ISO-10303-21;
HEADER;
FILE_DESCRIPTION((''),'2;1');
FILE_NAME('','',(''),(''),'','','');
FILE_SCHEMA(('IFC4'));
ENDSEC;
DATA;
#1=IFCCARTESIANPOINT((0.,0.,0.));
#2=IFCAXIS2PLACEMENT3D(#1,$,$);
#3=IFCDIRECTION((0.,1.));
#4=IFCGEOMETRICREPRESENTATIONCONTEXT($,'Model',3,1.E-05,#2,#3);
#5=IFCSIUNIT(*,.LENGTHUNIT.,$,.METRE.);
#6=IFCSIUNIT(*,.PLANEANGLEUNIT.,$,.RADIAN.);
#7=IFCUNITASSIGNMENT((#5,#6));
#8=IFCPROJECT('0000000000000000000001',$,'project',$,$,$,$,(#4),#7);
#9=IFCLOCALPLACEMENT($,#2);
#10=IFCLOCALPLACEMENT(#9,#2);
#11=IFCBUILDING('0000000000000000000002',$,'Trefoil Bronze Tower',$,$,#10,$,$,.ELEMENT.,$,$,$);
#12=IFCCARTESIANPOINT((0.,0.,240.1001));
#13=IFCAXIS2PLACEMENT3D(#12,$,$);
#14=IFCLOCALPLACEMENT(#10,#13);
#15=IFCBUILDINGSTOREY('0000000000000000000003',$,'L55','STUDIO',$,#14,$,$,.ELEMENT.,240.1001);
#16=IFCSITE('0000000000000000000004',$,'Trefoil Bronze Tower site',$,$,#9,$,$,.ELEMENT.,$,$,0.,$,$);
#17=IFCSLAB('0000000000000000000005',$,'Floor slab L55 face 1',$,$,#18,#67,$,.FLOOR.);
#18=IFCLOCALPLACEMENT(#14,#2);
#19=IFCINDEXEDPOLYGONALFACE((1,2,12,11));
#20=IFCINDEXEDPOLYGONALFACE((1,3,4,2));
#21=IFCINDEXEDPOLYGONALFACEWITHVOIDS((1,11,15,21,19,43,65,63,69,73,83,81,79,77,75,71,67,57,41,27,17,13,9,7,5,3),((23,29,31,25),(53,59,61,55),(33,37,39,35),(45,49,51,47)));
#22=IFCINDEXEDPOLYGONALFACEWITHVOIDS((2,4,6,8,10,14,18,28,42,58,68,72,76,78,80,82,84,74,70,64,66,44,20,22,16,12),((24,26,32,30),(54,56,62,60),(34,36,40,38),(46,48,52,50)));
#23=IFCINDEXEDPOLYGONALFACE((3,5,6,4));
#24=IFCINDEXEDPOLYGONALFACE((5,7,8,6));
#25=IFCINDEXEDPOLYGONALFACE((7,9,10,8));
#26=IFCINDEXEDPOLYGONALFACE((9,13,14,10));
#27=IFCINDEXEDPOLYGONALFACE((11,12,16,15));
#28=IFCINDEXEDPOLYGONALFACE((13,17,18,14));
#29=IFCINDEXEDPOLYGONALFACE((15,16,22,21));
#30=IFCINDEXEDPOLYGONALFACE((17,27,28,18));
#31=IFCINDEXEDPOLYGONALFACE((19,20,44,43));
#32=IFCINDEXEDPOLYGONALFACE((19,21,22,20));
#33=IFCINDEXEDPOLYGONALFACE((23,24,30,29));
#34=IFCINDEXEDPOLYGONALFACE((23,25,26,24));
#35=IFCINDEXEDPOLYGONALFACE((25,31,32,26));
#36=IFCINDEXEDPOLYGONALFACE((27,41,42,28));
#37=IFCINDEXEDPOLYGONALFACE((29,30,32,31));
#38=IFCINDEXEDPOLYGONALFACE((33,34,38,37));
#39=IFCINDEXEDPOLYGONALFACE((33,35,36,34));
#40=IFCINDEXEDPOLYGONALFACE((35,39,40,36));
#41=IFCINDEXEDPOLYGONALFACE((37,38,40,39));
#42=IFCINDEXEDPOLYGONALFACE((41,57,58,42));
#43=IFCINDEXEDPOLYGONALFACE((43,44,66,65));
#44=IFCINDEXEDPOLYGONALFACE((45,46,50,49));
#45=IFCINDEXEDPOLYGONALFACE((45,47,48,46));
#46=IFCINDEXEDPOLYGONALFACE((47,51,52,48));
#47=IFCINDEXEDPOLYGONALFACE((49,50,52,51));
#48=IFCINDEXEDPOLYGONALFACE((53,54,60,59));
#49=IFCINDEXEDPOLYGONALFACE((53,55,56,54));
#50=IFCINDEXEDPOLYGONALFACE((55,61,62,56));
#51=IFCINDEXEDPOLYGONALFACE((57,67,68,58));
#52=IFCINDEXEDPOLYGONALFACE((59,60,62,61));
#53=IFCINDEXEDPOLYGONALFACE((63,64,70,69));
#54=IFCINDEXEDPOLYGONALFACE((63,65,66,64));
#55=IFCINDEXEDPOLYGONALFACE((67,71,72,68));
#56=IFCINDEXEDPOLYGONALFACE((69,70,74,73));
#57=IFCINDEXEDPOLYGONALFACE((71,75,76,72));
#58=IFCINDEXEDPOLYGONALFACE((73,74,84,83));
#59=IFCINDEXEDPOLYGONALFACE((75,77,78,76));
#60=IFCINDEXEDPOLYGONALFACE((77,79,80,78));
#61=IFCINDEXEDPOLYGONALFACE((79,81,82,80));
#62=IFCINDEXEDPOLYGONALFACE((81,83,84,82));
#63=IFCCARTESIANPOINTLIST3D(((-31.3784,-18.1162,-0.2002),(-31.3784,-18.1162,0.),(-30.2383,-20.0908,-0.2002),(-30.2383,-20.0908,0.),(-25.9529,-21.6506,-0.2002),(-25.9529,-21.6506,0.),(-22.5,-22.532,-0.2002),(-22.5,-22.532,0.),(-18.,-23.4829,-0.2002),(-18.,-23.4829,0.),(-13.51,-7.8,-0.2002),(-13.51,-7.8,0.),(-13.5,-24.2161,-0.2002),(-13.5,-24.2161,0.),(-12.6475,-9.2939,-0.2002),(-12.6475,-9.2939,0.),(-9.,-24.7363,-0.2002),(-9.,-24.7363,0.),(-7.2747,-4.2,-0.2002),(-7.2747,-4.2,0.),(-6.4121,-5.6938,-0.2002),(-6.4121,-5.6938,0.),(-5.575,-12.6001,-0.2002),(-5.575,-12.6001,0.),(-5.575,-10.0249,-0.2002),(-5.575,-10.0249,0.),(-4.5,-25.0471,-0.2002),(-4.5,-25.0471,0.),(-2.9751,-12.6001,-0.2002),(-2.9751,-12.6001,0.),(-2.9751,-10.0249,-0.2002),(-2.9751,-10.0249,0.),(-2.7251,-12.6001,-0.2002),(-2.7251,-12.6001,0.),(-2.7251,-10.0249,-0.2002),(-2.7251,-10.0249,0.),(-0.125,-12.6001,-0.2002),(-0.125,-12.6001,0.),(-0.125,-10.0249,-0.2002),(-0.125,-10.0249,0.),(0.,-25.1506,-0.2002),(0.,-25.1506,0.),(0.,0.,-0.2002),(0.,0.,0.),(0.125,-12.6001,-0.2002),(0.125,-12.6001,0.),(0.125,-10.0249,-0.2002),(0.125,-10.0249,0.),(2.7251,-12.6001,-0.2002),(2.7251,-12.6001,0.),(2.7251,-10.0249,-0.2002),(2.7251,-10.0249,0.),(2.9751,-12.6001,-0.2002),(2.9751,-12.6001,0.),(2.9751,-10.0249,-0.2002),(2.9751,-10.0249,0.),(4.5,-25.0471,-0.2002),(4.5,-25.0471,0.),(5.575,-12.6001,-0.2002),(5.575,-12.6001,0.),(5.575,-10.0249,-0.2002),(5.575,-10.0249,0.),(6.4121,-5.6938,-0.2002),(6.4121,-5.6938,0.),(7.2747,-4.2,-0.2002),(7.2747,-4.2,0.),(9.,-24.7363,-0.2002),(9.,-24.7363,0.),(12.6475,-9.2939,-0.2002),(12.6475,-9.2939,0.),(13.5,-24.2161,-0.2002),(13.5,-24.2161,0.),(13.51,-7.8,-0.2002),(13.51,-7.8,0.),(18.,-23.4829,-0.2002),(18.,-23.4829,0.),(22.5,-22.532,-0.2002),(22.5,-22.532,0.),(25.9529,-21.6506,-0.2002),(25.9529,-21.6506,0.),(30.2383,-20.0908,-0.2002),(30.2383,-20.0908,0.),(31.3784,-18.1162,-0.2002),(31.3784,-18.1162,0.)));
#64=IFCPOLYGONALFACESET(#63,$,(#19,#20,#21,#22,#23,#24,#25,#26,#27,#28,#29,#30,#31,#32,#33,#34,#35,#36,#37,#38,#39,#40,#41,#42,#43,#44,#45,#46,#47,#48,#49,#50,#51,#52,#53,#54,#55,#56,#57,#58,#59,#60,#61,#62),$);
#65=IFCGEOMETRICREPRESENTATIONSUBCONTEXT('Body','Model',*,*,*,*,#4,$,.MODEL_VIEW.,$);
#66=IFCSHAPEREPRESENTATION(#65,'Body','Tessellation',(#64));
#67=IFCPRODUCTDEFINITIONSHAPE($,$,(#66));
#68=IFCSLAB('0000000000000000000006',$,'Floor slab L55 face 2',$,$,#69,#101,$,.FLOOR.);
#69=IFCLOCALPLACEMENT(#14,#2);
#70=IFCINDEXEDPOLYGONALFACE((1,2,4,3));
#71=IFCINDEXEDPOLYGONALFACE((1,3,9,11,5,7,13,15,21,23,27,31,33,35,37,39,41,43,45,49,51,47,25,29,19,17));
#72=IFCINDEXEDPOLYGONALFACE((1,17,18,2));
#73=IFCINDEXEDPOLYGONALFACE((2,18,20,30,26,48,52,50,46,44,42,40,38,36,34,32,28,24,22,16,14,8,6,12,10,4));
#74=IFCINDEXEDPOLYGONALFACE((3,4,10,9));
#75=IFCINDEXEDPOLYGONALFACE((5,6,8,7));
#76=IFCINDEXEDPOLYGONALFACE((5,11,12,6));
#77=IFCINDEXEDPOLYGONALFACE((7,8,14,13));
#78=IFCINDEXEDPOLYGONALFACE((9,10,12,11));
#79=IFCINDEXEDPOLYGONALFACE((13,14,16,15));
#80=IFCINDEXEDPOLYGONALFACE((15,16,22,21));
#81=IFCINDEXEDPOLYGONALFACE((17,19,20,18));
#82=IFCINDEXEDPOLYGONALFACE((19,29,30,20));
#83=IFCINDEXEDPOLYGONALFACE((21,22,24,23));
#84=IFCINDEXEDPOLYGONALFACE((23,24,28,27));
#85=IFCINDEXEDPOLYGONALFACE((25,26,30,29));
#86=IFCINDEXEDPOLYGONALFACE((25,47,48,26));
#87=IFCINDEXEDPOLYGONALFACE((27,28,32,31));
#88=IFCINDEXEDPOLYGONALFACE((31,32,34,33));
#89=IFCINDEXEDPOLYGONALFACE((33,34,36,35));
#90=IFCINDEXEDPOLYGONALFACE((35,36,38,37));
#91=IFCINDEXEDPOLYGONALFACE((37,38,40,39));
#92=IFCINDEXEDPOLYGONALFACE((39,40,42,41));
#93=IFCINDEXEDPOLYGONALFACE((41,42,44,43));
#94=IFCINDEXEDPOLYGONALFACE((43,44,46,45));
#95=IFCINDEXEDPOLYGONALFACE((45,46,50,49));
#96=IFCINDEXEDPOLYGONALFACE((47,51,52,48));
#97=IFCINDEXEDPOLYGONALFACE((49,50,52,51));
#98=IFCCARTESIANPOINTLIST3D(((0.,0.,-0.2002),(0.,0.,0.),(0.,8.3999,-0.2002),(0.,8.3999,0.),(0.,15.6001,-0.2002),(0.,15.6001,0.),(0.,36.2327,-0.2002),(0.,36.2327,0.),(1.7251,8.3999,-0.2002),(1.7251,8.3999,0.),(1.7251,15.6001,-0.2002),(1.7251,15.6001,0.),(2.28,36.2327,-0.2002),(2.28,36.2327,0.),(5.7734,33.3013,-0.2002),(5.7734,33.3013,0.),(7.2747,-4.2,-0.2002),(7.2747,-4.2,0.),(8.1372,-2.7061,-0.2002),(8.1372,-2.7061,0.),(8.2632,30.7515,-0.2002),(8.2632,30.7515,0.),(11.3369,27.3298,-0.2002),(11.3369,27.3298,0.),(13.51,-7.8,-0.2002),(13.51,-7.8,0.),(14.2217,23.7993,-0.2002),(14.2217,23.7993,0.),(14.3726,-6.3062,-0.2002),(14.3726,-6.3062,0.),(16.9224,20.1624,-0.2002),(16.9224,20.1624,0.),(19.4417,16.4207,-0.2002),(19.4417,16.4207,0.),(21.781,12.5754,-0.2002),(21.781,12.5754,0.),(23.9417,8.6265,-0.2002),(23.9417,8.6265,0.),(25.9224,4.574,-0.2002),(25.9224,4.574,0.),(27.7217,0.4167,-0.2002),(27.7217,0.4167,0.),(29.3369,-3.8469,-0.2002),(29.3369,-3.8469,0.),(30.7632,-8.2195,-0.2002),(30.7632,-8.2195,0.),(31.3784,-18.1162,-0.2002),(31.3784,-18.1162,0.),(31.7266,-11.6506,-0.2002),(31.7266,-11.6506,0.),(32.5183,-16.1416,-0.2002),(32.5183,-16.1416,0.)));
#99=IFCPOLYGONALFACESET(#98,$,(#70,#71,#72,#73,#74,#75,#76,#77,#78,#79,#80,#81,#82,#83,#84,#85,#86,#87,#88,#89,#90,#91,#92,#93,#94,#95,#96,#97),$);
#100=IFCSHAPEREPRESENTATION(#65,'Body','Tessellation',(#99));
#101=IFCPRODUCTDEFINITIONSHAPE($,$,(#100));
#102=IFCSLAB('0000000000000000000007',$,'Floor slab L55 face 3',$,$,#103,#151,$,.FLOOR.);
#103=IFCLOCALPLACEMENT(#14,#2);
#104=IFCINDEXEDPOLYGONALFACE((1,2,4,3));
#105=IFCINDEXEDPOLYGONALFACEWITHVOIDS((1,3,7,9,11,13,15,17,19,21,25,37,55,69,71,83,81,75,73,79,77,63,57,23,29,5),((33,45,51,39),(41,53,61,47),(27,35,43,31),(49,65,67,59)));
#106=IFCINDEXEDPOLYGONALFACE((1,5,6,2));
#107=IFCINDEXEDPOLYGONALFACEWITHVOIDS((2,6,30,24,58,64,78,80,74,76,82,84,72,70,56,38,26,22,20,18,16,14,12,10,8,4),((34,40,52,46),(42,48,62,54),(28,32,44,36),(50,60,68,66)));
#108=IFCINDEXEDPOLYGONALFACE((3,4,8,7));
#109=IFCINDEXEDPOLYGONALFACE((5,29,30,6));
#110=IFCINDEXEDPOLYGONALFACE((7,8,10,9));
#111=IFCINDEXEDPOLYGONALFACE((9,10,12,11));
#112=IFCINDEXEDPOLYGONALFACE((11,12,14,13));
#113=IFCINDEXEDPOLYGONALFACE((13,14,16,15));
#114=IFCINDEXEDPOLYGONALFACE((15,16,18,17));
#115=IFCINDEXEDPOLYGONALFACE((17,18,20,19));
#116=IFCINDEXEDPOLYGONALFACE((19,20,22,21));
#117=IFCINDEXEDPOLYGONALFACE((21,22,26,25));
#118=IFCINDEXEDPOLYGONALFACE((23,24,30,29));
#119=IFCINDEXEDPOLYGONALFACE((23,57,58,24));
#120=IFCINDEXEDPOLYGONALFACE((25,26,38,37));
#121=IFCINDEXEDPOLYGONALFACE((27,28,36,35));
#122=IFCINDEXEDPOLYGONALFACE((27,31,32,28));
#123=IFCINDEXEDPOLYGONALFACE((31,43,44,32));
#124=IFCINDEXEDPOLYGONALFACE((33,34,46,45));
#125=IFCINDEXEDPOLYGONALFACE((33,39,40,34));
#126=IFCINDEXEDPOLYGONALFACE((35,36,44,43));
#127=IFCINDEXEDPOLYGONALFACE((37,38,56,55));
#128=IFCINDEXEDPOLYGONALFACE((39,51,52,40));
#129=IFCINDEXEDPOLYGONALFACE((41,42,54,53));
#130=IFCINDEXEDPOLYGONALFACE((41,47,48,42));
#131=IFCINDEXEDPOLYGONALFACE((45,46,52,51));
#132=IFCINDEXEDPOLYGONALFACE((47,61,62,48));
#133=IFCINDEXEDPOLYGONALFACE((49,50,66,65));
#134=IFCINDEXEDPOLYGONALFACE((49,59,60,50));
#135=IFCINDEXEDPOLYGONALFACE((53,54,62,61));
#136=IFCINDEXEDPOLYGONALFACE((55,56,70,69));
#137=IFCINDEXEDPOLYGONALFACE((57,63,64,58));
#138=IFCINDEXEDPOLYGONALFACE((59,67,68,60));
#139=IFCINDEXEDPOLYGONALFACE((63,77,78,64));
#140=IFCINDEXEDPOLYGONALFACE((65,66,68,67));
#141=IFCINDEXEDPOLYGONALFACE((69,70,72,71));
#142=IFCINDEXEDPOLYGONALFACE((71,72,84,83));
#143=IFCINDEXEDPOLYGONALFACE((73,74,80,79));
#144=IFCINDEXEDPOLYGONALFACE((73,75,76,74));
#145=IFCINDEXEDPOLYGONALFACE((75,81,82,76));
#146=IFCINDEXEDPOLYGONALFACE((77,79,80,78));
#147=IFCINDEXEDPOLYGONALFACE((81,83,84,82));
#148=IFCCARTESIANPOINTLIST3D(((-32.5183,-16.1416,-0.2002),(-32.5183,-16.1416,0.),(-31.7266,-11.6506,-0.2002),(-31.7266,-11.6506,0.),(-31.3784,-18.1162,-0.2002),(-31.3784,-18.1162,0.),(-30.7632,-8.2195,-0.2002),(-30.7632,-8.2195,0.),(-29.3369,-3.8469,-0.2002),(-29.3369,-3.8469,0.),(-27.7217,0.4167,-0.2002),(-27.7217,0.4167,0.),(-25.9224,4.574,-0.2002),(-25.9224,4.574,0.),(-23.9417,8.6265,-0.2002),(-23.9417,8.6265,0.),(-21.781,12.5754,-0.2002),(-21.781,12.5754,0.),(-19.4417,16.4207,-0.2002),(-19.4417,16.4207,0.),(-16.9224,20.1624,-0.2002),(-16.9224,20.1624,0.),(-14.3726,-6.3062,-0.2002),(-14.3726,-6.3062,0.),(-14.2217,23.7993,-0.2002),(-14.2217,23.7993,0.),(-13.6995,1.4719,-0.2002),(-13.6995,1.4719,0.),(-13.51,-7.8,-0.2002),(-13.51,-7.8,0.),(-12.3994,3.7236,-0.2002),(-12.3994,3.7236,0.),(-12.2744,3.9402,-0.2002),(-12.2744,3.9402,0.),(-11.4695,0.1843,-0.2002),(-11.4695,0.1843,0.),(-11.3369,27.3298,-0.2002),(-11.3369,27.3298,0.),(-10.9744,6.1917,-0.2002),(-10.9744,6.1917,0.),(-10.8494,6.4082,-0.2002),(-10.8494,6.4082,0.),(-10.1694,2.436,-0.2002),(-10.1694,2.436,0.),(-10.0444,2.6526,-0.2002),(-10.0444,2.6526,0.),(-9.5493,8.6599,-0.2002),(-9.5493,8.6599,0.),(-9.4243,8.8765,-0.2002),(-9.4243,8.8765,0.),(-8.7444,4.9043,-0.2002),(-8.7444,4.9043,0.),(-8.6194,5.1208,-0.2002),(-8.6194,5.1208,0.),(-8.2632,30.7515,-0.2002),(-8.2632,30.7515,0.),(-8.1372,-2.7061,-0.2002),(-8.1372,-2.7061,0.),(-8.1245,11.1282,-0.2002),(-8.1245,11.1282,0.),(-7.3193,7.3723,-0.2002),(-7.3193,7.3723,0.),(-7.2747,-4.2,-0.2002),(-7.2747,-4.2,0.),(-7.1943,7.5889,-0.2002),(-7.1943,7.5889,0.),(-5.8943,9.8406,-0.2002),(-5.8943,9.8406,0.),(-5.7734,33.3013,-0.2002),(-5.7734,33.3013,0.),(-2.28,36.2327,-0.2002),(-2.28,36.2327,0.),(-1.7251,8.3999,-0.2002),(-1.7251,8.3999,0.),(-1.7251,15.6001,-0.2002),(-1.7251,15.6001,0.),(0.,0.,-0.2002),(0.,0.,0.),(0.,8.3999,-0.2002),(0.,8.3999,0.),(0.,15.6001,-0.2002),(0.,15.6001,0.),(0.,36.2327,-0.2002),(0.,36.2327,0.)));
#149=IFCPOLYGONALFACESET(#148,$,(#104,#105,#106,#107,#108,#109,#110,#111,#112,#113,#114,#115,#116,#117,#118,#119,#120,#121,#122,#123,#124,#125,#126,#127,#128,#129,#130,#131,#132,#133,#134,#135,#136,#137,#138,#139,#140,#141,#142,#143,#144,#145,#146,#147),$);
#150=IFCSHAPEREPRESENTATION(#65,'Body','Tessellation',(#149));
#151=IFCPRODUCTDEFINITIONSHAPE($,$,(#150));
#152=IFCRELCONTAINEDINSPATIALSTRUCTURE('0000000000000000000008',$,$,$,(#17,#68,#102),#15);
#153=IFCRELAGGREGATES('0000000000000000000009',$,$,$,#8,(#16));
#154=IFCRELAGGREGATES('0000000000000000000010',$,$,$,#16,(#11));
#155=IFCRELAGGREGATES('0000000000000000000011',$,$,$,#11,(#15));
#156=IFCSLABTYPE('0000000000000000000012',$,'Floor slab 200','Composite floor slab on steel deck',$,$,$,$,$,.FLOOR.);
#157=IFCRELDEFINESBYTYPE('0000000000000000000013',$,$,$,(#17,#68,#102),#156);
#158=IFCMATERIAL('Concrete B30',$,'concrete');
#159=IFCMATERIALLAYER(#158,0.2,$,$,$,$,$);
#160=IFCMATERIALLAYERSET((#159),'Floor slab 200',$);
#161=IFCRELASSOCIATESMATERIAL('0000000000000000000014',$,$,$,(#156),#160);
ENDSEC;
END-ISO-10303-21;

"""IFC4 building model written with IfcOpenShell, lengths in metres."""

from ifc_helpers import new_model, si_unit, direction, frame, origin, place, context, subcontext, project, spatial, polyline, outline, extrude, material, layer, layer_set, type_object, element, save


model = new_model("IFC4")

# Units and contexts
model_context = context("Model", 3, precision=1e-05, world=origin(), true_north=direction((0.0, 1.0)))
body_context = subcontext(model_context, "Body", "Model", "MODEL_VIEW")
ifc_project = project(units=[si_unit("LENGTHUNIT", "METRE"), si_unit("PLANEANGLEUNIT", "RADIAN")], contexts=[model_context])

# Site, building, storey
site_placement = place(None, origin())
site = spatial("IfcSite", under=ifc_project, at=site_placement, Name="Trefoil Bronze Tower site", CompositionType="ELEMENT", RefElevation=0.0)
building_placement = place(site_placement, origin())
building = spatial("IfcBuilding", under=site, at=building_placement, Name="Trefoil Bronze Tower", CompositionType="ELEMENT")
storey_placement = place(building_placement, frame((0.0, 0.0, 240.1001)))
storey = spatial("IfcBuildingStorey", under=building, at=storey_placement, Name="L55", Description="STUDIO", CompositionType="ELEMENT", Elevation=240.1001)

# Slabs
ifc_material_1 = material(Name="Concrete B30", Category="concrete")
ifc_layer_1 = layer(ifc_material_1, 0.2)
ifc_layer_set_1 = layer_set([ifc_layer_1], Name="Floor slab 200")
slab_type = type_object("IfcSlabType", Name="Floor slab 200", Description="Composite floor slab on steel deck", PredefinedType="FLOOR", material=ifc_layer_set_1)
slab_1_placement = place(storey_placement, frame((0.0, 0.0, -0.2002)))
element("IfcSlab", 1, at=slab_1_placement, inside=storey, type_object=slab_type, Name="Floor slab L55 face 1", PredefinedType="FLOOR", context=body_context, shape_type="SweptSolid", body=[
    extrude(outline(polyline([(18.0, -23.4829), (13.5, -24.2161), (9.0, -24.7363), (4.5, -25.0471), (0.0, -25.1506), (-4.5, -25.0471), (-9.0, -24.7363), (-13.5, -24.2161), (-18.0, -23.4829), (-22.5, -22.532), (-25.9529, -21.6506), (-30.2383, -20.0908), (-31.3784, -18.1162), (-13.51, -7.8), (-12.6475, -9.2939), (-6.4121, -5.6938), (-7.2747, -4.2), (0.0, 0.0), (7.2747, -4.2), (6.4121, -5.6938), (12.6475, -9.2939), (13.51, -7.8), (31.3784, -18.1162), (30.2383, -20.0908), (25.9529, -21.6506), (22.5, -22.532), (18.0, -23.4829)]), holes=[polyline([(-5.575, -10.0249), (-2.9751, -10.0249), (-2.9751, -12.6001), (-5.575, -12.6001), (-5.575, -10.0249)]), polyline([(-2.7251, -10.0249), (-0.125, -10.0249), (-0.125, -12.6001), (-2.7251, -12.6001), (-2.7251, -10.0249)]), polyline([(0.125, -10.0249), (2.7251, -10.0249), (2.7251, -12.6001), (0.125, -12.6001), (0.125, -10.0249)]), polyline([(2.9751, -10.0249), (5.575, -10.0249), (5.575, -12.6001), (2.9751, -12.6001), (2.9751, -10.0249)])]), origin(), (0.0, 0.0, 1.0), 0.2002),
])
slab_2_placement = place(storey_placement, frame((0.0, 0.0, -0.2002)))
element("IfcSlab", 2, at=slab_2_placement, inside=storey, type_object=slab_type, Name="Floor slab L55 face 2", PredefinedType="FLOOR", context=body_context, shape_type="SweptSolid", body=[
    extrude(outline(polyline([(11.3369, 27.3298), (14.2217, 23.7993), (16.9224, 20.1624), (19.4417, 16.4207), (21.781, 12.5754), (23.9417, 8.6265), (25.9224, 4.574), (27.7217, 0.4167), (29.3369, -3.8469), (30.7632, -8.2195), (31.7266, -11.6506), (32.5183, -16.1416), (31.3784, -18.1162), (13.51, -7.8), (14.3726, -6.3062), (8.1372, -2.7061), (7.2747, -4.2), (0.0, 0.0), (0.0, 8.3999), (1.7251, 8.3999), (1.7251, 15.6001), (0.0, 15.6001), (0.0, 36.2327), (2.28, 36.2327), (5.7734, 33.3013), (8.2632, 30.7515), (11.3369, 27.3298)])), origin(), (0.0, 0.0, 1.0), 0.2002),
])
slab_3_placement = place(storey_placement, frame((0.0, 0.0, -0.2002)))
element("IfcSlab", 3, at=slab_3_placement, inside=storey, type_object=slab_type, Name="Floor slab L55 face 3", PredefinedType="FLOOR", context=body_context, shape_type="SweptSolid", body=[
    extrude(outline(polyline([(-29.3369, -3.8469), (-27.7217, 0.4167), (-25.9224, 4.574), (-23.9417, 8.6265), (-21.781, 12.5754), (-19.4417, 16.4207), (-16.9224, 20.1624), (-14.2217, 23.7993), (-11.3369, 27.3298), (-8.2632, 30.7515), (-5.7734, 33.3013), (-2.28, 36.2327), (0.0, 36.2327), (0.0, 15.6001), (-1.7251, 15.6001), (-1.7251, 8.3999), (0.0, 8.3999), (0.0, 0.0), (-7.2747, -4.2), (-8.1372, -2.7061), (-14.3726, -6.3062), (-13.51, -7.8), (-31.3784, -18.1162), (-32.5183, -16.1416), (-31.7266, -11.6506), (-30.7632, -8.2195), (-29.3369, -3.8469)]), holes=[polyline([(-5.8943, 9.8406), (-7.1943, 7.5889), (-9.4243, 8.8765), (-8.1245, 11.1282), (-5.8943, 9.8406)]), polyline([(-7.3193, 7.3723), (-8.6194, 5.1208), (-10.8494, 6.4082), (-9.5493, 8.6599), (-7.3193, 7.3723)]), polyline([(-8.7444, 4.9043), (-10.0444, 2.6526), (-12.2744, 3.9402), (-10.9744, 6.1917), (-8.7444, 4.9043)]), polyline([(-10.1694, 2.436), (-11.4695, 0.1843), (-13.6995, 1.4719), (-12.3994, 3.7236), (-10.1694, 2.436)])]), origin(), (0.0, 0.0, 1.0), 0.2002),
])

save(model, "model.ifc")
